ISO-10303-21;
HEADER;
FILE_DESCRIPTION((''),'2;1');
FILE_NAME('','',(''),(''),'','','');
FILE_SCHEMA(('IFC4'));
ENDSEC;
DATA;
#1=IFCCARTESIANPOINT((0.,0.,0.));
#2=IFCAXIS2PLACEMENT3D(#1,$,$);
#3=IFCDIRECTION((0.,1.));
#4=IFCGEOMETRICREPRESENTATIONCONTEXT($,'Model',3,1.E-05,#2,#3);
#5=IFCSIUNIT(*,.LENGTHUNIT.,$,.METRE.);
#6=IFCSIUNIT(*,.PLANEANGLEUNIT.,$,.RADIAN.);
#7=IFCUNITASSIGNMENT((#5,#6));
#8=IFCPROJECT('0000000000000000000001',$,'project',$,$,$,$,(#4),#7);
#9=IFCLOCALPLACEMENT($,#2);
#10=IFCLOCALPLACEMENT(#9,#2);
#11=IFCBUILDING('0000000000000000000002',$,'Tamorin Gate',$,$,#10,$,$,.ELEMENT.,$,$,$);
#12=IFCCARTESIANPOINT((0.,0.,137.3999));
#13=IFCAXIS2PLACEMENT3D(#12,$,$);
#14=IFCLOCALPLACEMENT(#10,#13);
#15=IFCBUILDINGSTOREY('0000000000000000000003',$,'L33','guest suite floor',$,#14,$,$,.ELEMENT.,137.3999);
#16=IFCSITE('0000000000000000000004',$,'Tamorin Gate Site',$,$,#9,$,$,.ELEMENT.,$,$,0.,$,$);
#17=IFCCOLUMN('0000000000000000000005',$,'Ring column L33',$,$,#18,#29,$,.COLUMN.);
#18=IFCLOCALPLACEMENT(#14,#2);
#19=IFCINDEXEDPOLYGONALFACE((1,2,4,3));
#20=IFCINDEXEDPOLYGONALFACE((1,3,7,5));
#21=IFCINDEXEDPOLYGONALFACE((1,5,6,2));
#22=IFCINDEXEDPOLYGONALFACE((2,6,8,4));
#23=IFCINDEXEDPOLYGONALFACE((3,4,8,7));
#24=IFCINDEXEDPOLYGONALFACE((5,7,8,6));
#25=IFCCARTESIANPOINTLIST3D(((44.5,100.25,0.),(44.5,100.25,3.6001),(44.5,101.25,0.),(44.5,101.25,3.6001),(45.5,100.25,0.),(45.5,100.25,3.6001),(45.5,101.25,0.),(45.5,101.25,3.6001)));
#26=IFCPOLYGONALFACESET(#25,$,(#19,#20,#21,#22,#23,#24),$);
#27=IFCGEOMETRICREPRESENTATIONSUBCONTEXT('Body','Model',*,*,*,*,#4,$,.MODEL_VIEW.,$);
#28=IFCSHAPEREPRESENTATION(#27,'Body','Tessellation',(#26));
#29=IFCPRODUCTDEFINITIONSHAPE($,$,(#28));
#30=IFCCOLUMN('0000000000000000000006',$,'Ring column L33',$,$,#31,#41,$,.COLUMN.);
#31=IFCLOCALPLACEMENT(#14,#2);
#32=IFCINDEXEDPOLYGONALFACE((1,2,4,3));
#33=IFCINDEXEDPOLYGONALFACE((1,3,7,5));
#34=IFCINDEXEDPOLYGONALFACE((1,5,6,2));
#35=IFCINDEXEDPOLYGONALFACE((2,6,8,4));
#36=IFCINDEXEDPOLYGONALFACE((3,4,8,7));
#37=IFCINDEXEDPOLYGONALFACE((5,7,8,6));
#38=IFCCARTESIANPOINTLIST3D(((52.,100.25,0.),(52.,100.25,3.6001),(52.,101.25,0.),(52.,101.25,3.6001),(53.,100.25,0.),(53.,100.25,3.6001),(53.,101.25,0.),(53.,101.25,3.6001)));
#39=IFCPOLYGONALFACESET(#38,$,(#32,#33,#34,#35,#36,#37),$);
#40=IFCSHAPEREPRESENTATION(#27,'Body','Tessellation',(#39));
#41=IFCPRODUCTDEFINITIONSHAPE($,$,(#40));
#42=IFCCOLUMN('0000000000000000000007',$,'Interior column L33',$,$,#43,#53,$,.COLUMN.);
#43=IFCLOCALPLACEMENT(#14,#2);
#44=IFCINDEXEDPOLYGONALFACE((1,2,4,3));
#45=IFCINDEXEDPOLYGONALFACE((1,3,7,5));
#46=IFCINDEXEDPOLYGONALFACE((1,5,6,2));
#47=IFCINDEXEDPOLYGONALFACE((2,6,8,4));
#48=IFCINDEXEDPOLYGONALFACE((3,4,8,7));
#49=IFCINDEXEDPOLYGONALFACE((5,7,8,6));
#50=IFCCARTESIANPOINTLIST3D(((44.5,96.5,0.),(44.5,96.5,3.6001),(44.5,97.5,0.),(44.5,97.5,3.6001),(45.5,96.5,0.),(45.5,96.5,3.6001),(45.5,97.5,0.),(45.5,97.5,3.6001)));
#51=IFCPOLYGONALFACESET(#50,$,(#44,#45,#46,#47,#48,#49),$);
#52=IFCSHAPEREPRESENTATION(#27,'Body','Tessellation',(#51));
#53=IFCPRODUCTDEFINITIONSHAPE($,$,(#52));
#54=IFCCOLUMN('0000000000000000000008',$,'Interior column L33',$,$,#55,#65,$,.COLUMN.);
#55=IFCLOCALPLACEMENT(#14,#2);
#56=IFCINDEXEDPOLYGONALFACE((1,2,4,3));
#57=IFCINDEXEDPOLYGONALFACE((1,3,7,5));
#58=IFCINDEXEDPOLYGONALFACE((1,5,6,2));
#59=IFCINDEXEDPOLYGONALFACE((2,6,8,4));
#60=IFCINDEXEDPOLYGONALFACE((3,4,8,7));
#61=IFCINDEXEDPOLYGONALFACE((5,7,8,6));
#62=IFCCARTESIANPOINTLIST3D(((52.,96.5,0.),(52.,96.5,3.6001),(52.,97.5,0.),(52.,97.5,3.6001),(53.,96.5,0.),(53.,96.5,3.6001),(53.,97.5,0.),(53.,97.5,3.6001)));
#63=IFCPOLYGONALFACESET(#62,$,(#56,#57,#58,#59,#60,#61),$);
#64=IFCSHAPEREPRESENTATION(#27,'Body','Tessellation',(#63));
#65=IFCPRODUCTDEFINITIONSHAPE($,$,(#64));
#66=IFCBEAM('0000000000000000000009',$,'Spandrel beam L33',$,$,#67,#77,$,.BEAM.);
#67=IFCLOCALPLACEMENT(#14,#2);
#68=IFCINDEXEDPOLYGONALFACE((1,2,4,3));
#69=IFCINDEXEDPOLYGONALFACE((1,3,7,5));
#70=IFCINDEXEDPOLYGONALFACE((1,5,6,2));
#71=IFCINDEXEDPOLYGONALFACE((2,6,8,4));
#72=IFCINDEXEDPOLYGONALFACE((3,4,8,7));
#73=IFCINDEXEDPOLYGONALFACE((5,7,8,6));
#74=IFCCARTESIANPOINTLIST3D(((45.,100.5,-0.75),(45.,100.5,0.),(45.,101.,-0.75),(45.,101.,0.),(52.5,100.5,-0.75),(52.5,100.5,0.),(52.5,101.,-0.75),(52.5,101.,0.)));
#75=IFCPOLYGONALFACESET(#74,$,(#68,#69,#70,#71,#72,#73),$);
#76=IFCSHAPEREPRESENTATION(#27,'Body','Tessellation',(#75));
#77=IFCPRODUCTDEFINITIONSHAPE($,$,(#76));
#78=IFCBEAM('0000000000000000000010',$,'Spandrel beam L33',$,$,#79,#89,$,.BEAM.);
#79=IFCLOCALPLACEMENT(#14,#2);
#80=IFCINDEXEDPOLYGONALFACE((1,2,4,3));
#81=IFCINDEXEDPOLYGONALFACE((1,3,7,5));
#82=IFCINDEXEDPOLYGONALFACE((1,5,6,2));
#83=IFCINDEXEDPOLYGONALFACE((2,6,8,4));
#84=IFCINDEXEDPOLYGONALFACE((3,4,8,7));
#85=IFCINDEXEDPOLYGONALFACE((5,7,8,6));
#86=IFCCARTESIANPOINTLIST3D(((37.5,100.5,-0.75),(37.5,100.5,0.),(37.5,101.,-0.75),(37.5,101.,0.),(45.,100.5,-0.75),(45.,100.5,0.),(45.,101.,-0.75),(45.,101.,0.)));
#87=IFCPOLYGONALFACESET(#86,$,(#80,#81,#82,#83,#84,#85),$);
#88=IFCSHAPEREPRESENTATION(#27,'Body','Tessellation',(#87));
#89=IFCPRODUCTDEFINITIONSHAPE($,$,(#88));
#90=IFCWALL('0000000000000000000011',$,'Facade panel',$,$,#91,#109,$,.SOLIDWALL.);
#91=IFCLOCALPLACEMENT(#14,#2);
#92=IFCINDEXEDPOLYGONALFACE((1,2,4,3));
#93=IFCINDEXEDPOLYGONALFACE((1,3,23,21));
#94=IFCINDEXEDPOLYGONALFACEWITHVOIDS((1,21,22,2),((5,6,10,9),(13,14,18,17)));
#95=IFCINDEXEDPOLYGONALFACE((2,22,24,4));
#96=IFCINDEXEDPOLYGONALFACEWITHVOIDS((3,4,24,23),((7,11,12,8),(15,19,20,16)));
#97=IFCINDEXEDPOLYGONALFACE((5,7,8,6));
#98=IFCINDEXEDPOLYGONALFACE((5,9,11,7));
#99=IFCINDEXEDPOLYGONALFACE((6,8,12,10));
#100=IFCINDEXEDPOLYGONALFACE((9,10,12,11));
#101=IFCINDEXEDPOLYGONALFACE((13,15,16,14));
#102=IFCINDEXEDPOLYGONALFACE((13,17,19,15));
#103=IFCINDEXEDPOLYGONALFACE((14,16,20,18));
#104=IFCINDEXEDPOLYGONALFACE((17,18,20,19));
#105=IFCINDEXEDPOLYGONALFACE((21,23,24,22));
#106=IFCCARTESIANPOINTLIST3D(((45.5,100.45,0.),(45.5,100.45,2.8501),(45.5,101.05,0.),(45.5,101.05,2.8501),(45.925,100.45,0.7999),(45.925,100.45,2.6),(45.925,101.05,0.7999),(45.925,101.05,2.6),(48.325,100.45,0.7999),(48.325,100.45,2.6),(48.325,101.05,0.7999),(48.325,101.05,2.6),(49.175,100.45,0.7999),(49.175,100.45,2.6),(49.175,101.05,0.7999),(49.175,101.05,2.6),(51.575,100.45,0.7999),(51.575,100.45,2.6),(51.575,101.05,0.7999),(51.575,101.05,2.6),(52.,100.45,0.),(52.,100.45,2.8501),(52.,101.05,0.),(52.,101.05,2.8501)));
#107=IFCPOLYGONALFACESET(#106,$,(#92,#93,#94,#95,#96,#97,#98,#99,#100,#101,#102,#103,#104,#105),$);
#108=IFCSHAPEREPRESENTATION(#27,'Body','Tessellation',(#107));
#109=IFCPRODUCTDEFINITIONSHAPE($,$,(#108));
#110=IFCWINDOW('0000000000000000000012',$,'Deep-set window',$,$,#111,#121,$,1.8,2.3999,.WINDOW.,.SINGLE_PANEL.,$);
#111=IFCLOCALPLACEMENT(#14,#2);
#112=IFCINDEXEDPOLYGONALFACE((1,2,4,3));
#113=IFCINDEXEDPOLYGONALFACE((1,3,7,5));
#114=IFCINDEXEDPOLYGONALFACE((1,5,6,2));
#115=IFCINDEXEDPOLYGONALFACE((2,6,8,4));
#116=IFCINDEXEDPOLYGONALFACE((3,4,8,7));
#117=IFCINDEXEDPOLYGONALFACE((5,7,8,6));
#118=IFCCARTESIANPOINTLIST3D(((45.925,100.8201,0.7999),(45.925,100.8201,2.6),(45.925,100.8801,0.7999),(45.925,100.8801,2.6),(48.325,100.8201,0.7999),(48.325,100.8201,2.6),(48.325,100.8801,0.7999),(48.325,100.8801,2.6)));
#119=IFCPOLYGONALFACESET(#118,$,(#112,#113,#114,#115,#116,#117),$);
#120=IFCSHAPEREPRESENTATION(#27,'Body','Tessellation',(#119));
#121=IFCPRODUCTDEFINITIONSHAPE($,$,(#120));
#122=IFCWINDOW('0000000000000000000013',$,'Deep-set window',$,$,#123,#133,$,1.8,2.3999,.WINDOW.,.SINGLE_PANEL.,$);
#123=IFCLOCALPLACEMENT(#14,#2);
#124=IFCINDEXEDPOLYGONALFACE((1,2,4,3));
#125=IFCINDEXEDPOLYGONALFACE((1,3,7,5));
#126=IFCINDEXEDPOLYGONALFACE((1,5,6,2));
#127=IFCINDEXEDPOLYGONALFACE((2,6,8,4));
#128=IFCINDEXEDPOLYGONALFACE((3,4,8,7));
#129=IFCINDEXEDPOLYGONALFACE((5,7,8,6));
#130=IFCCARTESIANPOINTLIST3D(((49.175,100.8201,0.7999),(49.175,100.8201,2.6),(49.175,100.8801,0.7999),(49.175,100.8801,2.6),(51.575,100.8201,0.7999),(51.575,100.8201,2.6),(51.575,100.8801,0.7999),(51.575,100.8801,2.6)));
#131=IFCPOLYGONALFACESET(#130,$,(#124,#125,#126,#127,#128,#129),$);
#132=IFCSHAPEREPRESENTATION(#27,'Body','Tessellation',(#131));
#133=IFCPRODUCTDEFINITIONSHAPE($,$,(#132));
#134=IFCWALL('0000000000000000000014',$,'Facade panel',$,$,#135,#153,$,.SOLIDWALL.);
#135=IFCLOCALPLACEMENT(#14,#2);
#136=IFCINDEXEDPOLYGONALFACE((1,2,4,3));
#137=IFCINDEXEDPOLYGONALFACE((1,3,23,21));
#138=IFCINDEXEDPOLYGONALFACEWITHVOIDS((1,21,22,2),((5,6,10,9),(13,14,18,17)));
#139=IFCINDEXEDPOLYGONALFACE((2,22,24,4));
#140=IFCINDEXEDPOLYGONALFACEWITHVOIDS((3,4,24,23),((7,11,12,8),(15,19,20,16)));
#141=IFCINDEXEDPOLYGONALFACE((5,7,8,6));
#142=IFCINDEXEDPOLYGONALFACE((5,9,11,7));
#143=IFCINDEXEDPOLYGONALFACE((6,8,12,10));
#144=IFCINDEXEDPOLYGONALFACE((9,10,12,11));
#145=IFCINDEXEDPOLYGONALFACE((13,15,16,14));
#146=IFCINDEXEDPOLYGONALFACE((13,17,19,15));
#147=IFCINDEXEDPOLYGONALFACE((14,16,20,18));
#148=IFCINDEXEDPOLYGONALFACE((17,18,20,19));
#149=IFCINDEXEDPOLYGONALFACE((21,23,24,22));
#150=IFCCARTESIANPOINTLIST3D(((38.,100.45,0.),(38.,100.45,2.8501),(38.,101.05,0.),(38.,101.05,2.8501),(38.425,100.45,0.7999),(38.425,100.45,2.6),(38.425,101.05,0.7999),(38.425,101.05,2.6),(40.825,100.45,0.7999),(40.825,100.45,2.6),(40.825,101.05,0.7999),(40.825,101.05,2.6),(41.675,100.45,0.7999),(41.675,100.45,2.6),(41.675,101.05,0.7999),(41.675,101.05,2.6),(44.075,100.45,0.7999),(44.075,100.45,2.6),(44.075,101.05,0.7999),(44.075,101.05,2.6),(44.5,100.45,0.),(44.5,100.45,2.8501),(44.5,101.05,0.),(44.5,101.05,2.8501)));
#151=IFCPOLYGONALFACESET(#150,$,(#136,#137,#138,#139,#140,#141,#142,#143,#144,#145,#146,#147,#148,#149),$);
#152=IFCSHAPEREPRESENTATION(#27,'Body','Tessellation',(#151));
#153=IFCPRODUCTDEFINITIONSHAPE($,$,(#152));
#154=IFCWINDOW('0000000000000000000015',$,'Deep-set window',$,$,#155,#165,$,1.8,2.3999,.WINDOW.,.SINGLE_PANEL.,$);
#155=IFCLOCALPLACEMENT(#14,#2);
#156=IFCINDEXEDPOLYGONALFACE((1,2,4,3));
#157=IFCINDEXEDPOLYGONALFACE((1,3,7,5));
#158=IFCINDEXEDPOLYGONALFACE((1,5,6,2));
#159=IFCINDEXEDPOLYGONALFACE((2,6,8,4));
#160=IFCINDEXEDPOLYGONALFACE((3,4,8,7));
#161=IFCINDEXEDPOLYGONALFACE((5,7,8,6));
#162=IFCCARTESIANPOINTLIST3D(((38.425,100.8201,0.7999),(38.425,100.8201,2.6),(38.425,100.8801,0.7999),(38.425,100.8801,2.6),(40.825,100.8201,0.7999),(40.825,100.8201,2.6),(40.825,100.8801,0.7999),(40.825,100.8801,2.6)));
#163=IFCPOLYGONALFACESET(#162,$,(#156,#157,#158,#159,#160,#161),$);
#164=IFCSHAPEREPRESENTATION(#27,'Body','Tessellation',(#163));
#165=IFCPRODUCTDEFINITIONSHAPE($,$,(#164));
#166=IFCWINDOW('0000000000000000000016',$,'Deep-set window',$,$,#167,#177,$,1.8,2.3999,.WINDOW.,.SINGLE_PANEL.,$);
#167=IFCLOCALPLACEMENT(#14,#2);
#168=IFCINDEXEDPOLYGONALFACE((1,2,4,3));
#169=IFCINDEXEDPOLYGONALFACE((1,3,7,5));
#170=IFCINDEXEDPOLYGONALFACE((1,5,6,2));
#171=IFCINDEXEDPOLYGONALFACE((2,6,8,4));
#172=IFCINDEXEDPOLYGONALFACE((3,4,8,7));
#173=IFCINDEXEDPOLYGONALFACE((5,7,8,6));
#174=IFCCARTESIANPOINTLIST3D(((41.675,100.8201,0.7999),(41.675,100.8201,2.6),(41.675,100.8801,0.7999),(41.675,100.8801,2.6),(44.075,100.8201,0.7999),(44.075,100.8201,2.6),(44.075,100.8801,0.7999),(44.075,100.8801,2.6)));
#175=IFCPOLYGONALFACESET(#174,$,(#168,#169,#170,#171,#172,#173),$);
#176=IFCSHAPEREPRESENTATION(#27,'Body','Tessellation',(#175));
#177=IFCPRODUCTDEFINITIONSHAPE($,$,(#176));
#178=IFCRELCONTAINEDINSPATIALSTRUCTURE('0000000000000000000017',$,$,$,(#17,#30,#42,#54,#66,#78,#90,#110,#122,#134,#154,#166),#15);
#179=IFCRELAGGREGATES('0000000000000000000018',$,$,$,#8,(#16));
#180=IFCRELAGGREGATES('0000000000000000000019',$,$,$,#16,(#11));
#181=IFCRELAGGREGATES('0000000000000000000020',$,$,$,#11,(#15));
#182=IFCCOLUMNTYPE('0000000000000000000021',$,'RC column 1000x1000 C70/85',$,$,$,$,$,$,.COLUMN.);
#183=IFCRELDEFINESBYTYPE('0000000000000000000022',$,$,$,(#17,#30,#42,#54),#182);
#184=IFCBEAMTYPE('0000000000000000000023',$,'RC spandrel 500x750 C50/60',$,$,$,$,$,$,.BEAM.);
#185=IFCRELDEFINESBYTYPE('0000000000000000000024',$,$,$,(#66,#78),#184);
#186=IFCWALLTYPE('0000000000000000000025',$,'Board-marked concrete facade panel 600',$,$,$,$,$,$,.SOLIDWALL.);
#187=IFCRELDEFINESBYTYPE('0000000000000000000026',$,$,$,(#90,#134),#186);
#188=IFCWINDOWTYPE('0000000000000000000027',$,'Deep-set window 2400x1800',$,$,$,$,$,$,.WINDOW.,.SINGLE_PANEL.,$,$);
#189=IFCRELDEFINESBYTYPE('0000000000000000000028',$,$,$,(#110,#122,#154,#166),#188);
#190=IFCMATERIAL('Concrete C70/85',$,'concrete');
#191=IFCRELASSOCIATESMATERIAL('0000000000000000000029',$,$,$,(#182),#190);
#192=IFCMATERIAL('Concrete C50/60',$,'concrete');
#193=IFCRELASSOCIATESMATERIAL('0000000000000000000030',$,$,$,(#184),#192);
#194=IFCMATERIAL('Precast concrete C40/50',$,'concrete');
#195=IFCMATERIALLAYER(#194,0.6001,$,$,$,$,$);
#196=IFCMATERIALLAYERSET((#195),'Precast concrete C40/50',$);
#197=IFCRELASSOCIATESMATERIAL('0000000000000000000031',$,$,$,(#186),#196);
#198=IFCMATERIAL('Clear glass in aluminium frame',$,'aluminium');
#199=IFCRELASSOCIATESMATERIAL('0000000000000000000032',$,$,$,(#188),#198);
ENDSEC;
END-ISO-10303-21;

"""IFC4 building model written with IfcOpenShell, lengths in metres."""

from ifc_helpers import new_model, si_unit, direction, frame, frame_2d, origin, origin_2d, place, context, subcontext, project, spatial, rectangle, extrude, material, layer, layer_set, material_profile, profile_set, type_object, element, fill, save


model = new_model("IFC4")

# Units and contexts
model_context = context("Model", 3, precision=1e-05, world=origin(), true_north=direction((0.0, 1.0)))
body_context = subcontext(model_context, "Body", "Model", "MODEL_VIEW")
ifc_project = project(units=[si_unit("LENGTHUNIT", "METRE"), si_unit("PLANEANGLEUNIT", "RADIAN")], contexts=[model_context])

# Site, building, storey
site_placement = place(None, origin())
site = spatial("IfcSite", under=ifc_project, at=site_placement, Name="Tamorin Gate Site", CompositionType="ELEMENT", RefElevation=0.0)
building_placement = place(site_placement, origin())
building = spatial("IfcBuilding", under=site, at=building_placement, Name="Tamorin Gate", CompositionType="ELEMENT")
storey_placement = place(building_placement, frame((0.0, 0.0, 137.3999)))
storey = spatial("IfcBuildingStorey", under=building, at=storey_placement, Name="L33", Description="guest suite floor", CompositionType="ELEMENT", Elevation=137.3999)

# Columns
ifc_material_1 = material(Name="Concrete C70/85", Category="concrete")
ifc_material_profile_1 = material_profile(ifc_material_1, rectangle(XDim=1.0, YDim=1.0, at=origin_2d()), Name="RC 1000x1000")
ifc_profile_set_1 = profile_set([ifc_material_profile_1], Name="Concrete C70/85")
column_type = type_object("IfcColumnType", Name="RC column 1000x1000 C70/85", PredefinedType="COLUMN", material=ifc_profile_set_1)
for number, where, z_axis, x_axis, name in (
    (1, (45.0, 100.75, 0.0), (0.0, 0.0, 1.0), (1.0, 0.0, 0.0), "Ring column L33"),
    (2, (52.5, 100.75, 0.0), (0.0, 0.0, 1.0), (1.0, 0.0, 0.0), "Ring column L33"),
    (3, (45.0, 97.0, 0.0), (0.0, 0.0, 1.0), (1.0, 0.0, 0.0), "Interior column L33"),
    (4, (52.5, 97.0, 0.0), (0.0, 0.0, 1.0), (1.0, 0.0, 0.0), "Interior column L33"),
):
    element("IfcColumn", number, at=place(storey_placement, frame(where, z_axis=z_axis, x_axis=x_axis)), inside=storey, type_object=column_type, Name=name, PredefinedType="COLUMN", context=body_context, shape_type="SweptSolid", body=[
        extrude(rectangle(XDim=1.0, YDim=1.0, at=origin_2d()), origin(), (0.0, 0.0, 1.0), 3.6001),
    ])

# Beams
ifc_material_2 = material(Name="Concrete C50/60", Category="concrete")
ifc_material_profile_2 = material_profile(ifc_material_2, rectangle(XDim=0.5, YDim=0.75, at=origin_2d()), Name="RC 500x750")
ifc_profile_set_2 = profile_set([ifc_material_profile_2], Name="Concrete C50/60")
beam_type = type_object("IfcBeamType", Name="RC spandrel 500x750 C50/60", PredefinedType="BEAM", material=ifc_profile_set_2)
for number, where, z_axis, x_axis, name in (
    (5, (52.5, 100.75, -0.375), (-1.0, 0.0, 0.0), (0.0, -1.0, 0.0), "Spandrel beam L33"),
    (6, (45.0, 100.75, -0.375), (-1.0, 0.0, 0.0), (0.0, -1.0, 0.0), "Spandrel beam L33"),
):
    element("IfcBeam", number, at=place(storey_placement, frame(where, z_axis=z_axis, x_axis=x_axis)), inside=storey, type_object=beam_type, Name=name, PredefinedType="BEAM", context=body_context, shape_type="SweptSolid", body=[
        extrude(rectangle(XDim=0.5, YDim=0.75, at=origin_2d()), origin(), (0.0, 0.0, 1.0), 7.5),
    ])

# Walls, openings, windows
ifc_material_3 = material(Name="Precast concrete C40/50", Category="concrete")
ifc_layer_1 = layer(ifc_material_3, 0.6001)
ifc_layer_set_1 = layer_set([ifc_layer_1], Name="Precast concrete C40/50")
wall_type_1 = type_object("IfcWallType", Name="Board-marked concrete facade panel 600", PredefinedType="SOLIDWALL", material=ifc_layer_set_1)
wall_1_placement = place(storey_placement, frame((52.0, 100.75, 0.0), z_axis=(0.0, 0.0, 1.0), x_axis=(-1.0, 0.0, 0.0)))
wall_1 = element("IfcWall", 7, at=wall_1_placement, inside=storey, type_object=wall_type_1, Name="Facade panel", PredefinedType="SOLIDWALL", context=body_context, shape_type="SweptSolid", body=[
    extrude(rectangle(XDim=6.5, YDim=0.6001, at=frame_2d((3.25, 0.0))), origin(), (0.0, 0.0, 1.0), 2.8501),
])
opening_1_placement = place(wall_1_placement, frame((3.675, 0.0, 0.8)))
opening_1 = element("IfcOpeningElement", 8, at=opening_1_placement, cuts=wall_1, PredefinedType="OPENING", context=body_context, shape_type="SweptSolid", body=[
    extrude(rectangle(XDim=2.3999, YDim=1.8, at=frame_2d((1.2, 0.8999))), frame((0.0, 0.3101, 0.0), z_axis=(0.0, -1.0, 0.0), x_axis=(1.0, 0.0, 0.0)), (0.0, 0.0, 1.0), 0.6201),
])
opening_2_placement = place(wall_1_placement, frame((0.425, 0.0, 0.8)))
opening_2 = element("IfcOpeningElement", 9, at=opening_2_placement, cuts=wall_1, PredefinedType="OPENING", context=body_context, shape_type="SweptSolid", body=[
    extrude(rectangle(XDim=2.3999, YDim=1.8, at=frame_2d((1.2, 0.8999))), frame((0.0, 0.3101, 0.0), z_axis=(0.0, -1.0, 0.0), x_axis=(1.0, 0.0, 0.0)), (0.0, 0.0, 1.0), 0.6201),
])
ifc_material_4 = material(Name="Clear glass in aluminium frame", Category="aluminium")
window_type = type_object("IfcWindowType", Name="Deep-set window 2400x1800", PartitioningType="SINGLE_PANEL", PredefinedType="WINDOW", material=ifc_material_4)
window_1_placement = place(opening_1_placement, origin())
window_1 = element("IfcWindow", 10, at=window_1_placement, inside=storey, type_object=window_type, Name="Deep-set window", OverallHeight=1.8, OverallWidth=2.3999, PartitioningType="SINGLE_PANEL", PredefinedType="WINDOW", context=body_context, shape_type="SweptSolid", body=[
    extrude(rectangle(XDim=2.3999, YDim=1.8, at=frame_2d((1.2, 0.8999))), frame((0.0, -0.0701, 0.0), z_axis=(0.0, -1.0, 0.0), x_axis=(1.0, 0.0, 0.0)), (0.0, 0.0, 1.0), 0.0601),
])
fill(opening_1, window_1)
window_2_placement = place(opening_2_placement, origin())
window_2 = element("IfcWindow", 11, at=window_2_placement, inside=storey, type_object=window_type, Name="Deep-set window", OverallHeight=1.8, OverallWidth=2.3999, PartitioningType="SINGLE_PANEL", PredefinedType="WINDOW", context=body_context, shape_type="SweptSolid", body=[
    extrude(rectangle(XDim=2.3999, YDim=1.8, at=frame_2d((1.2, 0.8999))), frame((0.0, -0.0701, 0.0), z_axis=(0.0, -1.0, 0.0), x_axis=(1.0, 0.0, 0.0)), (0.0, 0.0, 1.0), 0.0601),
])
fill(opening_2, window_2)
wall_2_placement = place(storey_placement, frame((44.5, 100.75, 0.0), z_axis=(0.0, 0.0, 1.0), x_axis=(-1.0, 0.0, 0.0)))
wall_2 = element("IfcWall", 12, at=wall_2_placement, inside=storey, type_object=wall_type_1, Name="Facade panel", PredefinedType="SOLIDWALL", context=body_context, shape_type="SweptSolid", body=[
    extrude(rectangle(XDim=6.5, YDim=0.6001, at=frame_2d((3.25, 0.0))), origin(), (0.0, 0.0, 1.0), 2.8501),
])
opening_3_placement = place(wall_2_placement, frame((3.675, 0.0, 0.8)))
opening_3 = element("IfcOpeningElement", 13, at=opening_3_placement, cuts=wall_2, PredefinedType="OPENING", context=body_context, shape_type="SweptSolid", body=[
    extrude(rectangle(XDim=2.3999, YDim=1.8, at=frame_2d((1.2, 0.8999))), frame((0.0, 0.3101, 0.0), z_axis=(0.0, -1.0, 0.0), x_axis=(1.0, 0.0, 0.0)), (0.0, 0.0, 1.0), 0.6201),
])
opening_4_placement = place(wall_2_placement, frame((0.425, 0.0, 0.8)))
opening_4 = element("IfcOpeningElement", 14, at=opening_4_placement, cuts=wall_2, PredefinedType="OPENING", context=body_context, shape_type="SweptSolid", body=[
    extrude(rectangle(XDim=2.3999, YDim=1.8, at=frame_2d((1.2, 0.8999))), frame((0.0, 0.3101, 0.0), z_axis=(0.0, -1.0, 0.0), x_axis=(1.0, 0.0, 0.0)), (0.0, 0.0, 1.0), 0.6201),
])
window_3_placement = place(opening_3_placement, origin())
window_3 = element("IfcWindow", 15, at=window_3_placement, inside=storey, type_object=window_type, Name="Deep-set window", OverallHeight=1.8, OverallWidth=2.3999, PartitioningType="SINGLE_PANEL", PredefinedType="WINDOW", context=body_context, shape_type="SweptSolid", body=[
    extrude(rectangle(XDim=2.3999, YDim=1.8, at=frame_2d((1.2, 0.8999))), frame((0.0, -0.0701, 0.0), z_axis=(0.0, -1.0, 0.0), x_axis=(1.0, 0.0, 0.0)), (0.0, 0.0, 1.0), 0.0601),
])
fill(opening_3, window_3)
window_4_placement = place(opening_4_placement, origin())
window_4 = element("IfcWindow", 16, at=window_4_placement, inside=storey, type_object=window_type, Name="Deep-set window", OverallHeight=1.8, OverallWidth=2.3999, PartitioningType="SINGLE_PANEL", PredefinedType="WINDOW", context=body_context, shape_type="SweptSolid", body=[
    extrude(rectangle(XDim=2.3999, YDim=1.8, at=frame_2d((1.2, 0.8999))), frame((0.0, -0.0701, 0.0), z_axis=(0.0, -1.0, 0.0), x_axis=(1.0, 0.0, 0.0)), (0.0, 0.0, 1.0), 0.0601),
])
fill(opening_4, window_4)

save(model, "model.ifc")
